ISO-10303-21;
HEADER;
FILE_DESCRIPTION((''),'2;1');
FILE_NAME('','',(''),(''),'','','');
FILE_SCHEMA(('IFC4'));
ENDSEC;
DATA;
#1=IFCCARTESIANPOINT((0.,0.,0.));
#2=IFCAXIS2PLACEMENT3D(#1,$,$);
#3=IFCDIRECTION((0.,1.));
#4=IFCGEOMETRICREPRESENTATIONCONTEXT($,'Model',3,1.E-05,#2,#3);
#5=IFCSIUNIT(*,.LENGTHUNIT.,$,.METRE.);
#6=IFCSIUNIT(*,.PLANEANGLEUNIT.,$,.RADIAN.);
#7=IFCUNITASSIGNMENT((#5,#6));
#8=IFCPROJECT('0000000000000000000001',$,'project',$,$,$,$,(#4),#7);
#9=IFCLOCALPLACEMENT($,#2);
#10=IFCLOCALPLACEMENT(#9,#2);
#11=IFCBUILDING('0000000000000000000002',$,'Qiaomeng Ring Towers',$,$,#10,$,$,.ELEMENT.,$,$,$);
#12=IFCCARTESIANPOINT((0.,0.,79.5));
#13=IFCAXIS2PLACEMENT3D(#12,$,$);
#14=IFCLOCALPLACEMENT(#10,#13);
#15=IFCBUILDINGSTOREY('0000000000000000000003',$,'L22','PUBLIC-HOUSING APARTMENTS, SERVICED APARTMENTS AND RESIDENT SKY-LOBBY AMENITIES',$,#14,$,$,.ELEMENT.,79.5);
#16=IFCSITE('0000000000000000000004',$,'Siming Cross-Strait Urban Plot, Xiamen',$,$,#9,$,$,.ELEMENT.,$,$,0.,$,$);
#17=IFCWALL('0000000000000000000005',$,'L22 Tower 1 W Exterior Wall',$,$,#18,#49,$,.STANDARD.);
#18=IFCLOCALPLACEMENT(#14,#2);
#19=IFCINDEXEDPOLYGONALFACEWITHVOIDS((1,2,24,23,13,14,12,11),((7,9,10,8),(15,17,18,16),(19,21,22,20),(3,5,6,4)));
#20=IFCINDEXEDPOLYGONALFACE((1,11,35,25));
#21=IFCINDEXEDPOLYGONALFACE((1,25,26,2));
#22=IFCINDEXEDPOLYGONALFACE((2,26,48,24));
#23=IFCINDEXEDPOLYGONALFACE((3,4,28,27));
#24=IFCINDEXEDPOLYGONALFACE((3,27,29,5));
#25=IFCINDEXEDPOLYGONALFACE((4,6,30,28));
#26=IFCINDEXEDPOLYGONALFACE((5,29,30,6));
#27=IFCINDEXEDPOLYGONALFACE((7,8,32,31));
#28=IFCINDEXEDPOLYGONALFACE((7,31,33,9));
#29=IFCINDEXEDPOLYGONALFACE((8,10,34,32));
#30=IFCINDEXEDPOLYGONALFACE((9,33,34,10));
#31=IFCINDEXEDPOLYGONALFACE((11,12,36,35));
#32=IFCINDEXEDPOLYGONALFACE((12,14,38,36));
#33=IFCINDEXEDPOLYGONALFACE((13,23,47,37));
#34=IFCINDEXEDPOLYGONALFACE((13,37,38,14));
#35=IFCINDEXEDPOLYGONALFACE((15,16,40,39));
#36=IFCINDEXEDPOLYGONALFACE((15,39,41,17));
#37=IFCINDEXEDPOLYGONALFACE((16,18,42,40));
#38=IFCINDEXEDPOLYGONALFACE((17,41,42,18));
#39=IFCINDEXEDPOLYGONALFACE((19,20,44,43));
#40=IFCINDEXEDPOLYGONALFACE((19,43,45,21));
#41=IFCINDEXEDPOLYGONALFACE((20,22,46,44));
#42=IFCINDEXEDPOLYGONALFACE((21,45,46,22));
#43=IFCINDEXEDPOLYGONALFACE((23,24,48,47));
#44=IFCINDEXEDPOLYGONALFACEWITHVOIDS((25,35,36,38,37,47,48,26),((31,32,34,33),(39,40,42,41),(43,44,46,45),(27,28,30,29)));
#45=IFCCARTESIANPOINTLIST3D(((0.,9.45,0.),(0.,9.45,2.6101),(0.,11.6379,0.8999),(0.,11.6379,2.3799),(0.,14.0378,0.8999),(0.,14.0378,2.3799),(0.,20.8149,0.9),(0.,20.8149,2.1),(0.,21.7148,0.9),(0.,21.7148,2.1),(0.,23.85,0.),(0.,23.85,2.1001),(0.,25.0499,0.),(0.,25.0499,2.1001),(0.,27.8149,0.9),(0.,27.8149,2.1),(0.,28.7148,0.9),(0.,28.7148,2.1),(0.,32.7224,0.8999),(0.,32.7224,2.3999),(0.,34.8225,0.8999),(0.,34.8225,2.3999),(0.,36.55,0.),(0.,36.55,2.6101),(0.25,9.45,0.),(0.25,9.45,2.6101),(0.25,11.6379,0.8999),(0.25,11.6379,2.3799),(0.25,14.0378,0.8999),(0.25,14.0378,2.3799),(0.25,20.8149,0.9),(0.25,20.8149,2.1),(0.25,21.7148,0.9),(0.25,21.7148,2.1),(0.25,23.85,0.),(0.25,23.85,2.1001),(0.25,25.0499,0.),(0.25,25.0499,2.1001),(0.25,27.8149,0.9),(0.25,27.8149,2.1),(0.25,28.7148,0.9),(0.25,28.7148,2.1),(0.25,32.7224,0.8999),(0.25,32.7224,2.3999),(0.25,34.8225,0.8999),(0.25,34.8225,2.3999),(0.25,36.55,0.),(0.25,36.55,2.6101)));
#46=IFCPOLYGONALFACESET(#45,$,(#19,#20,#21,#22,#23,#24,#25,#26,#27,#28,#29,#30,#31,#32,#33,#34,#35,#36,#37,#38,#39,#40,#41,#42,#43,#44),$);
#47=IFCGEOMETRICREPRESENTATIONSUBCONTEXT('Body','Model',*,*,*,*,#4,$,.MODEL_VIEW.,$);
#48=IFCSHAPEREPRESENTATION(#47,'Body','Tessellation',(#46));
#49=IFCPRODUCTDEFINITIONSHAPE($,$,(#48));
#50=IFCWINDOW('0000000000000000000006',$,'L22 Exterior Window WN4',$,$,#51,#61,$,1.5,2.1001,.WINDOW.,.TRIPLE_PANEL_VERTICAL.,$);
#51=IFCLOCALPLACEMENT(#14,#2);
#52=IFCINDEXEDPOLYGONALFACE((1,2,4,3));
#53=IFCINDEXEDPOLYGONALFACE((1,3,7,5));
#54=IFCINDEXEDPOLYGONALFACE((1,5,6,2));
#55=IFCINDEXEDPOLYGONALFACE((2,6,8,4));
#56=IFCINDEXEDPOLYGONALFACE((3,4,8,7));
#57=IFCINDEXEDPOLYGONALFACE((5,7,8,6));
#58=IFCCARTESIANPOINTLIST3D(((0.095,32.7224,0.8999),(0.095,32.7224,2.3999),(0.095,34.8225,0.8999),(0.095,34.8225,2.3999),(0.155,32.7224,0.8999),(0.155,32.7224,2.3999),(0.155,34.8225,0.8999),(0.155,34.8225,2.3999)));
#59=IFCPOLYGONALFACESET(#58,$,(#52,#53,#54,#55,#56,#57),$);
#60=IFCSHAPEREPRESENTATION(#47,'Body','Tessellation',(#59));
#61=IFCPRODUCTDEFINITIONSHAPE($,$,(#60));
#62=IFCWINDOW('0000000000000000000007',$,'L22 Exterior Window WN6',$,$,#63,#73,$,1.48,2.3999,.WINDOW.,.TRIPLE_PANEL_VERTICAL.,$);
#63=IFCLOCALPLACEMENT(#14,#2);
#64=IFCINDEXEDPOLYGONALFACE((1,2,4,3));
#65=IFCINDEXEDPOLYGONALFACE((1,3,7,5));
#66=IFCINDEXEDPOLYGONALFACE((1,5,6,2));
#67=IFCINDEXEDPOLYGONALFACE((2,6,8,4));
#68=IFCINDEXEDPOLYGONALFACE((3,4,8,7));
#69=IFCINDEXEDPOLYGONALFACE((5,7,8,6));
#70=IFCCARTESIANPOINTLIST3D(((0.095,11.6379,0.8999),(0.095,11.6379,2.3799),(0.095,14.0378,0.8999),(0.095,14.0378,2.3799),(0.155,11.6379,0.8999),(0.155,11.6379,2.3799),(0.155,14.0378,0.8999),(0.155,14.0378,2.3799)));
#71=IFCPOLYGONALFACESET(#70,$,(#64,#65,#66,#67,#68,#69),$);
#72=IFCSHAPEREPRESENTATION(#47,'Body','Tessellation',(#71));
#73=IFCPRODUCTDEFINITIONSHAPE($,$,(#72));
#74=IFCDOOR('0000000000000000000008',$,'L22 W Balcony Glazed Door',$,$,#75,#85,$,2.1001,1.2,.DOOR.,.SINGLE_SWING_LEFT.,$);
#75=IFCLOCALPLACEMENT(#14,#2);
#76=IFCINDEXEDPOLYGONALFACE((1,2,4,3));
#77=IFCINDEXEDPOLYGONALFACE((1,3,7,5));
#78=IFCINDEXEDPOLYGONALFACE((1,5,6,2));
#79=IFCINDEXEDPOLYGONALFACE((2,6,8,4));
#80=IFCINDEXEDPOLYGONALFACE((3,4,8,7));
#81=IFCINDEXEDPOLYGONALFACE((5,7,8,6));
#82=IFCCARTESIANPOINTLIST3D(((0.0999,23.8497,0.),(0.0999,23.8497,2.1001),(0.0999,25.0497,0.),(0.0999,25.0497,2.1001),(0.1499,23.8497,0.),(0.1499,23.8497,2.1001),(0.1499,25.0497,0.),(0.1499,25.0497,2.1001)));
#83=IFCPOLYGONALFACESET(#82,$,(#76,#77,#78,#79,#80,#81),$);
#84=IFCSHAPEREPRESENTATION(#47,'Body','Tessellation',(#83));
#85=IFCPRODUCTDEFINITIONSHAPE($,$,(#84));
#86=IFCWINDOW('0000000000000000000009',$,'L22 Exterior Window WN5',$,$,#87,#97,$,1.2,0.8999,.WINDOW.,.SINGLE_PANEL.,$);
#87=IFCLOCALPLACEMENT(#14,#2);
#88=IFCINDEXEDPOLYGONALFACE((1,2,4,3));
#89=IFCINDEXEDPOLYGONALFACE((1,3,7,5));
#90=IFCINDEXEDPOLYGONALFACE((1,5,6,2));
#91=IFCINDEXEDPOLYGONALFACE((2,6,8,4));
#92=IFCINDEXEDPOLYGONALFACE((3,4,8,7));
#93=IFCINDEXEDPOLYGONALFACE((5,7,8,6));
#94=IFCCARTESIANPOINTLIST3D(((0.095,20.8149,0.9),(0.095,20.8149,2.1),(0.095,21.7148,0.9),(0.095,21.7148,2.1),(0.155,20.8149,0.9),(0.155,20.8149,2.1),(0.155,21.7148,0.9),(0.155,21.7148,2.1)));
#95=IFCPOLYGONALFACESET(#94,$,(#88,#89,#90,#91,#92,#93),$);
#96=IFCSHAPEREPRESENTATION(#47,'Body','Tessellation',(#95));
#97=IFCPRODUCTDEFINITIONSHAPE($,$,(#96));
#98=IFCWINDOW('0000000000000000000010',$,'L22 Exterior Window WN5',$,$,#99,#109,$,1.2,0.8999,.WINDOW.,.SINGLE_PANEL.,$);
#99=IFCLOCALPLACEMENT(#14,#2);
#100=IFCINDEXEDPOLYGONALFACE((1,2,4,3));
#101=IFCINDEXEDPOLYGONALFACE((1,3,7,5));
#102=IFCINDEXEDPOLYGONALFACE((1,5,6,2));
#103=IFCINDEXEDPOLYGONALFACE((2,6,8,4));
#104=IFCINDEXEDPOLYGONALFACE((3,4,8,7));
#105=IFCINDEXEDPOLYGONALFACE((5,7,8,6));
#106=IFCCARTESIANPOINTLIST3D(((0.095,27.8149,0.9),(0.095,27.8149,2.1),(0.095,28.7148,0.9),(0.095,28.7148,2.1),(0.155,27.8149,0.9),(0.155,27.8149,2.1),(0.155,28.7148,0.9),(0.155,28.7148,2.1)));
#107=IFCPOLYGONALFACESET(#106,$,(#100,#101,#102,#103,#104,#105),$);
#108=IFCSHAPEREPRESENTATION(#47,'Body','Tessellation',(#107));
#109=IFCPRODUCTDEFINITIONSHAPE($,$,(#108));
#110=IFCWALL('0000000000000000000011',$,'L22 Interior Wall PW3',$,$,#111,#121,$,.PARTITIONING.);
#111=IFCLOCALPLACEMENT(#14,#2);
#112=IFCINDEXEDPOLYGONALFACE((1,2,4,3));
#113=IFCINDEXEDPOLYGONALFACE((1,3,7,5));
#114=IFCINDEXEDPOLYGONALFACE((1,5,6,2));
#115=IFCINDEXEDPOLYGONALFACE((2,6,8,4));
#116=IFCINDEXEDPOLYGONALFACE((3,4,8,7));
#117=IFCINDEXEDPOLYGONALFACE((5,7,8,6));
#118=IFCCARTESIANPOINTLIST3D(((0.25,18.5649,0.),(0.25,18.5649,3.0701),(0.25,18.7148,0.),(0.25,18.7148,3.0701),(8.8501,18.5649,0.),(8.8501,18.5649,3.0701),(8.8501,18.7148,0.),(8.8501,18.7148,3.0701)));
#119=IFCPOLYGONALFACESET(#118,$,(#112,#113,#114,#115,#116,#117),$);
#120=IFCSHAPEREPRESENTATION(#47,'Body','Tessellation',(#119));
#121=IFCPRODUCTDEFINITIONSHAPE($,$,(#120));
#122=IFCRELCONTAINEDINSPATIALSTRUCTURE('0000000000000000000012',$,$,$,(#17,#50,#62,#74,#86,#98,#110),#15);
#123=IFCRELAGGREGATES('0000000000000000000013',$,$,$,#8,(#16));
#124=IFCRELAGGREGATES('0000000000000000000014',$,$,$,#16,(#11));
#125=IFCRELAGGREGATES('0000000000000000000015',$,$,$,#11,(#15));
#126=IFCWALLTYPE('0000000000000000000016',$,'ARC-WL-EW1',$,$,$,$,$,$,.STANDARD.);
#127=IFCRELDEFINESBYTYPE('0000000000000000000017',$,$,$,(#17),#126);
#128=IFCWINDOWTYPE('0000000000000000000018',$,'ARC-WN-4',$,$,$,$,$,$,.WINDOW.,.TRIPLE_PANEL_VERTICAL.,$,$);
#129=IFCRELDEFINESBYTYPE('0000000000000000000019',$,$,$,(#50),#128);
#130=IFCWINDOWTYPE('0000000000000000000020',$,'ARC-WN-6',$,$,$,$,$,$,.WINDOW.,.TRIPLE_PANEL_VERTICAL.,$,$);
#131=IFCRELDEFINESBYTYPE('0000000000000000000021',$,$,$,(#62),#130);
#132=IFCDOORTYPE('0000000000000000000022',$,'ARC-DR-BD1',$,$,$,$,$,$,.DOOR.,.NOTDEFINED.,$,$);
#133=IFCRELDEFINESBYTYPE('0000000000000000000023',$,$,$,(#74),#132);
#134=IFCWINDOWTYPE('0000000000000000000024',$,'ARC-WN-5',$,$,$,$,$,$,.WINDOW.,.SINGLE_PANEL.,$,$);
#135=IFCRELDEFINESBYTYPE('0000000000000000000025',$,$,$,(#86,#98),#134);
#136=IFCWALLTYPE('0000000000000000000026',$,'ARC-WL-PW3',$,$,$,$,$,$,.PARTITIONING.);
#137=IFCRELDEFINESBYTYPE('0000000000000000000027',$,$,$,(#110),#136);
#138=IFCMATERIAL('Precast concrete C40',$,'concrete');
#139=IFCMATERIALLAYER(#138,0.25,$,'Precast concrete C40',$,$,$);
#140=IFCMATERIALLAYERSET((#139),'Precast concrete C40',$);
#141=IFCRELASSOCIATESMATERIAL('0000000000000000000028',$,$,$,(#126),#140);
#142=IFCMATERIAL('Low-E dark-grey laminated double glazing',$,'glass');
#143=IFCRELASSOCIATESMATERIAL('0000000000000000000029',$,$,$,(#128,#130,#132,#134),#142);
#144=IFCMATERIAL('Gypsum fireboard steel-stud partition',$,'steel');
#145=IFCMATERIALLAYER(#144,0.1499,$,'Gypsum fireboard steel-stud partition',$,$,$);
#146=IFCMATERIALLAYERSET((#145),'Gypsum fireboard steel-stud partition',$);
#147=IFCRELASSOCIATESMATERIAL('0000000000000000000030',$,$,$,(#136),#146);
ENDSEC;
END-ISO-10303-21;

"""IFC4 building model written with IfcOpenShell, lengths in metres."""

from ifc_helpers import new_model, si_unit, direction, frame, frame_2d, origin, place, context, subcontext, project, spatial, rectangle, extrude, source, transform, mapped, material, layer, layer_set, type_object, element, fill, save


model = new_model("IFC4")

# Units and contexts
model_context = context("Model", 3, precision=1e-05, world=origin(), true_north=direction((0.0, 1.0)))
body_context = subcontext(model_context, "Body", "Model", "MODEL_VIEW")
ifc_project = project(units=[si_unit("LENGTHUNIT", "METRE"), si_unit("PLANEANGLEUNIT", "RADIAN")], contexts=[model_context])

# Site, building, storey
site_placement = place(None, origin())
site = spatial("IfcSite", under=ifc_project, at=site_placement, Name="Siming Cross-Strait Urban Plot, Xiamen", CompositionType="ELEMENT", RefElevation=0.0)
building_placement = place(site_placement, origin())
building = spatial("IfcBuilding", under=site, at=building_placement, Name="Qiaomeng Ring Towers", CompositionType="ELEMENT")
storey_placement = place(building_placement, frame((0.0, 0.0, 79.5)))
storey = spatial("IfcBuildingStorey", under=building, at=storey_placement, Name="L22", Description="PUBLIC-HOUSING APARTMENTS, SERVICED APARTMENTS AND RESIDENT SKY-LOBBY AMENITIES", CompositionType="ELEMENT", Elevation=79.5)

# Wall, openings, windows, door
ifc_material_1 = material(Name="Precast concrete C40", Category="concrete")
ifc_layer_1 = layer(ifc_material_1, 0.25, Name="Precast concrete C40")
ifc_layer_set_1 = layer_set([ifc_layer_1], Name="Precast concrete C40")
wall_type_1 = type_object("IfcWallType", Name="ARC-WL-EW1", PredefinedType="STANDARD", material=ifc_layer_set_1)
wall_1_placement = place(storey_placement, frame((0.125, 9.45, 0.0), z_axis=(0.0, 0.0, 1.0), x_axis=(0.0, 1.0, 0.0)))
wall_1 = element("IfcWall", 1, at=wall_1_placement, inside=storey, type_object=wall_type_1, Name="L22 Tower 1 W Exterior Wall", PredefinedType="STANDARD", context=body_context, shape_type="SweptSolid", body=[
    extrude(rectangle(XDim=27.1001, YDim=0.25, at=frame_2d((13.55, 0.0))), origin(), (0.0, 0.0, 1.0), 2.6101),
])
opening_1_placement = place(wall_1_placement, frame((14.3999, 0.0, 0.0)))
opening_1 = element("IfcOpeningElement", 2, at=opening_1_placement, cuts=wall_1, PredefinedType="OPENING", context=body_context, shape_type="SweptSolid", body=[
    extrude(rectangle(XDim=1.2, YDim=2.1001, at=frame_2d((0.6001, 1.05))), frame((0.0, 0.135, 0.0), z_axis=(0.0, -1.0, 0.0), x_axis=(1.0, 0.0, 0.0)), (0.0, 0.0, 1.0), 0.27),
])
opening_2_placement = place(wall_1_placement, frame((2.188, 0.0, 0.8999)))
opening_2 = element("IfcOpeningElement", 3, at=opening_2_placement, cuts=wall_1, PredefinedType="OPENING", context=body_context, shape_type="SweptSolid", body=[
    extrude(rectangle(XDim=2.3999, YDim=1.48, at=frame_2d((1.2, 0.74))), frame((0.0, 0.135, 0.0), z_axis=(0.0, -1.0, 0.0), x_axis=(1.0, 0.0, 0.0)), (0.0, 0.0, 1.0), 0.27),
])
opening_3_placement = place(wall_1_placement, frame((23.2725, 0.0, 0.8999)))
opening_3 = element("IfcOpeningElement", 4, at=opening_3_placement, cuts=wall_1, PredefinedType="OPENING", context=body_context, shape_type="SweptSolid", body=[
    extrude(rectangle(XDim=2.1001, YDim=1.5, at=frame_2d((1.05, 0.75))), frame((0.0, 0.135, 0.0), z_axis=(0.0, -1.0, 0.0), x_axis=(1.0, 0.0, 0.0)), (0.0, 0.0, 1.0), 0.27),
])
opening_4_placement = place(wall_1_placement, frame((11.365, 0.0, 0.8999)))
opening_4 = element("IfcOpeningElement", 5, at=opening_4_placement, cuts=wall_1, PredefinedType="OPENING", context=body_context, shape_type="SweptSolid", body=[
    extrude(rectangle(XDim=0.8999, YDim=1.2, at=frame_2d((0.45, 0.6001))), frame((0.0, 0.135, 0.0), z_axis=(0.0, -1.0, 0.0), x_axis=(1.0, 0.0, 0.0)), (0.0, 0.0, 1.0), 0.27),
])
opening_5_placement = place(wall_1_placement, frame((18.365, 0.0, 0.8999)))
opening_5 = element("IfcOpeningElement", 6, at=opening_5_placement, cuts=wall_1, PredefinedType="OPENING", context=body_context, shape_type="SweptSolid", body=[
    extrude(rectangle(XDim=0.8999, YDim=1.2, at=frame_2d((0.45, 0.6001))), frame((0.0, 0.135, 0.0), z_axis=(0.0, -1.0, 0.0), x_axis=(1.0, 0.0, 0.0)), (0.0, 0.0, 1.0), 0.27),
])
ifc_material_2 = material(Name="Low-E dark-grey laminated double glazing", Category="glass")
window_type_1 = type_object("IfcWindowType", Name="ARC-WN-4", PartitioningType="TRIPLE_PANEL_VERTICAL", PredefinedType="WINDOW", material=ifc_material_2)
shared_shape_1 = source(origin(), body_context, "Body", "SweptSolid", [
    extrude(rectangle(XDim=2.1001, YDim=1.5, at=frame_2d((1.05, 0.75))), frame((0.0, 0.03, 0.0), z_axis=(0.0, -1.0, 0.0), x_axis=(1.0, 0.0, 0.0)), (0.0, 0.0, 1.0), 0.0601),
])
window_1_placement = place(opening_3_placement, origin())
window_1 = element("IfcWindow", 7, at=window_1_placement, inside=storey, type_object=window_type_1, Name="L22 Exterior Window WN4", OverallHeight=1.5, OverallWidth=2.1001, PartitioningType="TRIPLE_PANEL_VERTICAL", PredefinedType="WINDOW", context=body_context, shape_type="MappedRepresentation", body=[
    mapped(shared_shape_1, transform((0.0, 0.0, 0.0), x_axis=(1.0, 0.0, 0.0), y_axis=(0.0, 1.0, 0.0), z_axis=(0.0, 0.0, 1.0), scale=1.0)),
])
fill(opening_3, window_1)
window_type_2 = type_object("IfcWindowType", Name="ARC-WN-6", PartitioningType="TRIPLE_PANEL_VERTICAL", PredefinedType="WINDOW", material=ifc_material_2)
shared_shape_2 = source(origin(), body_context, "Body", "SweptSolid", [
    extrude(rectangle(XDim=2.3999, YDim=1.48, at=frame_2d((1.2, 0.74))), frame((0.0, 0.03, 0.0), z_axis=(0.0, -1.0, 0.0), x_axis=(1.0, 0.0, 0.0)), (0.0, 0.0, 1.0), 0.0601),
])
window_2_placement = place(opening_2_placement, origin())
window_2 = element("IfcWindow", 8, at=window_2_placement, inside=storey, type_object=window_type_2, Name="L22 Exterior Window WN6", OverallHeight=1.48, OverallWidth=2.3999, PartitioningType="TRIPLE_PANEL_VERTICAL", PredefinedType="WINDOW", context=body_context, shape_type="MappedRepresentation", body=[
    mapped(shared_shape_2, transform((0.0, 0.0, 0.0), x_axis=(1.0, 0.0, 0.0), y_axis=(0.0, 1.0, 0.0), z_axis=(0.0, 0.0, 1.0), scale=1.0)),
])
fill(opening_2, window_2)
door_type = type_object("IfcDoorType", Name="ARC-DR-BD1", OperationType="NOTDEFINED", PredefinedType="DOOR", material=ifc_material_2)
shared_shape_3 = source(origin(), body_context, "Body", "SweptSolid", [
    extrude(rectangle(XDim=1.2, YDim=2.1001, at=frame_2d((0.6001, 1.05))), frame((0.0, 0.0249, 0.0), z_axis=(0.0, -1.0, 0.0), x_axis=(1.0, 0.0, 0.0)), (0.0, 0.0, 1.0), 0.05),
])
door_placement = place(opening_1_placement, frame((1.2, 0.0, 0.0), z_axis=(0.0, 0.0, 1.0), x_axis=(-1.0, 0.0, 0.0)))
door = element("IfcDoor", 9, at=door_placement, inside=storey, type_object=door_type, Name="L22 W Balcony Glazed Door", OperationType="SINGLE_SWING_LEFT", OverallHeight=2.1001, OverallWidth=1.2, PredefinedType="DOOR", context=body_context, shape_type="MappedRepresentation", body=[
    mapped(shared_shape_3, transform((0.0, 0.0, 0.0), x_axis=(1.0, 0.0, 0.0), y_axis=(0.0, 1.0, 0.0), z_axis=(0.0, 0.0, 1.0), scale=1.0)),
])
fill(opening_1, door)
window_type_3 = type_object("IfcWindowType", Name="ARC-WN-5", PartitioningType="SINGLE_PANEL", PredefinedType="WINDOW", material=ifc_material_2)
shared_shape_4 = source(origin(), body_context, "Body", "SweptSolid", [
    extrude(rectangle(XDim=0.8999, YDim=1.2, at=frame_2d((0.45, 0.6001))), frame((0.0, 0.03, 0.0), z_axis=(0.0, -1.0, 0.0), x_axis=(1.0, 0.0, 0.0)), (0.0, 0.0, 1.0), 0.0601),
])
window_3_placement = place(opening_4_placement, origin())
window_3 = element("IfcWindow", 10, at=window_3_placement, inside=storey, type_object=window_type_3, Name="L22 Exterior Window WN5", OverallHeight=1.2, OverallWidth=0.8999, PartitioningType="SINGLE_PANEL", PredefinedType="WINDOW", context=body_context, shape_type="MappedRepresentation", body=[
    mapped(shared_shape_4, transform((0.0, 0.0, 0.0), x_axis=(1.0, 0.0, 0.0), y_axis=(0.0, 1.0, 0.0), z_axis=(0.0, 0.0, 1.0), scale=1.0)),
])
fill(opening_4, window_3)
window_4_placement = place(opening_5_placement, origin())
window_4 = element("IfcWindow", 11, at=window_4_placement, inside=storey, type_object=window_type_3, Name="L22 Exterior Window WN5", OverallHeight=1.2, OverallWidth=0.8999, PartitioningType="SINGLE_PANEL", PredefinedType="WINDOW", context=body_context, shape_type="MappedRepresentation", body=[
    mapped(shared_shape_4, transform((0.0, 0.0, 0.0), x_axis=(1.0, 0.0, 0.0), y_axis=(0.0, 1.0, 0.0), z_axis=(0.0, 0.0, 1.0), scale=1.0)),
])
fill(opening_5, window_4)

# Wall
ifc_material_3 = material(Name="Gypsum fireboard steel-stud partition", Category="steel")
ifc_layer_2 = layer(ifc_material_3, 0.1499, Name="Gypsum fireboard steel-stud partition")
ifc_layer_set_2 = layer_set([ifc_layer_2], Name="Gypsum fireboard steel-stud partition")
wall_type_2 = type_object("IfcWallType", Name="ARC-WL-PW3", PredefinedType="PARTITIONING", material=ifc_layer_set_2)
wall_2_placement = place(storey_placement, frame((0.25, 18.6399, 0.0), z_axis=(0.0, 0.0, 1.0), x_axis=(1.0, 0.0, 0.0)))
element("IfcWall", 12, at=wall_2_placement, inside=storey, type_object=wall_type_2, Name="L22 Interior Wall PW3", PredefinedType="PARTITIONING", context=body_context, shape_type="SweptSolid", body=[
    extrude(rectangle(XDim=8.6001, YDim=0.1499, at=frame_2d((4.3, 0.0))), origin(), (0.0, 0.0, 1.0), 3.0701),
])

save(model, "model.ifc")
